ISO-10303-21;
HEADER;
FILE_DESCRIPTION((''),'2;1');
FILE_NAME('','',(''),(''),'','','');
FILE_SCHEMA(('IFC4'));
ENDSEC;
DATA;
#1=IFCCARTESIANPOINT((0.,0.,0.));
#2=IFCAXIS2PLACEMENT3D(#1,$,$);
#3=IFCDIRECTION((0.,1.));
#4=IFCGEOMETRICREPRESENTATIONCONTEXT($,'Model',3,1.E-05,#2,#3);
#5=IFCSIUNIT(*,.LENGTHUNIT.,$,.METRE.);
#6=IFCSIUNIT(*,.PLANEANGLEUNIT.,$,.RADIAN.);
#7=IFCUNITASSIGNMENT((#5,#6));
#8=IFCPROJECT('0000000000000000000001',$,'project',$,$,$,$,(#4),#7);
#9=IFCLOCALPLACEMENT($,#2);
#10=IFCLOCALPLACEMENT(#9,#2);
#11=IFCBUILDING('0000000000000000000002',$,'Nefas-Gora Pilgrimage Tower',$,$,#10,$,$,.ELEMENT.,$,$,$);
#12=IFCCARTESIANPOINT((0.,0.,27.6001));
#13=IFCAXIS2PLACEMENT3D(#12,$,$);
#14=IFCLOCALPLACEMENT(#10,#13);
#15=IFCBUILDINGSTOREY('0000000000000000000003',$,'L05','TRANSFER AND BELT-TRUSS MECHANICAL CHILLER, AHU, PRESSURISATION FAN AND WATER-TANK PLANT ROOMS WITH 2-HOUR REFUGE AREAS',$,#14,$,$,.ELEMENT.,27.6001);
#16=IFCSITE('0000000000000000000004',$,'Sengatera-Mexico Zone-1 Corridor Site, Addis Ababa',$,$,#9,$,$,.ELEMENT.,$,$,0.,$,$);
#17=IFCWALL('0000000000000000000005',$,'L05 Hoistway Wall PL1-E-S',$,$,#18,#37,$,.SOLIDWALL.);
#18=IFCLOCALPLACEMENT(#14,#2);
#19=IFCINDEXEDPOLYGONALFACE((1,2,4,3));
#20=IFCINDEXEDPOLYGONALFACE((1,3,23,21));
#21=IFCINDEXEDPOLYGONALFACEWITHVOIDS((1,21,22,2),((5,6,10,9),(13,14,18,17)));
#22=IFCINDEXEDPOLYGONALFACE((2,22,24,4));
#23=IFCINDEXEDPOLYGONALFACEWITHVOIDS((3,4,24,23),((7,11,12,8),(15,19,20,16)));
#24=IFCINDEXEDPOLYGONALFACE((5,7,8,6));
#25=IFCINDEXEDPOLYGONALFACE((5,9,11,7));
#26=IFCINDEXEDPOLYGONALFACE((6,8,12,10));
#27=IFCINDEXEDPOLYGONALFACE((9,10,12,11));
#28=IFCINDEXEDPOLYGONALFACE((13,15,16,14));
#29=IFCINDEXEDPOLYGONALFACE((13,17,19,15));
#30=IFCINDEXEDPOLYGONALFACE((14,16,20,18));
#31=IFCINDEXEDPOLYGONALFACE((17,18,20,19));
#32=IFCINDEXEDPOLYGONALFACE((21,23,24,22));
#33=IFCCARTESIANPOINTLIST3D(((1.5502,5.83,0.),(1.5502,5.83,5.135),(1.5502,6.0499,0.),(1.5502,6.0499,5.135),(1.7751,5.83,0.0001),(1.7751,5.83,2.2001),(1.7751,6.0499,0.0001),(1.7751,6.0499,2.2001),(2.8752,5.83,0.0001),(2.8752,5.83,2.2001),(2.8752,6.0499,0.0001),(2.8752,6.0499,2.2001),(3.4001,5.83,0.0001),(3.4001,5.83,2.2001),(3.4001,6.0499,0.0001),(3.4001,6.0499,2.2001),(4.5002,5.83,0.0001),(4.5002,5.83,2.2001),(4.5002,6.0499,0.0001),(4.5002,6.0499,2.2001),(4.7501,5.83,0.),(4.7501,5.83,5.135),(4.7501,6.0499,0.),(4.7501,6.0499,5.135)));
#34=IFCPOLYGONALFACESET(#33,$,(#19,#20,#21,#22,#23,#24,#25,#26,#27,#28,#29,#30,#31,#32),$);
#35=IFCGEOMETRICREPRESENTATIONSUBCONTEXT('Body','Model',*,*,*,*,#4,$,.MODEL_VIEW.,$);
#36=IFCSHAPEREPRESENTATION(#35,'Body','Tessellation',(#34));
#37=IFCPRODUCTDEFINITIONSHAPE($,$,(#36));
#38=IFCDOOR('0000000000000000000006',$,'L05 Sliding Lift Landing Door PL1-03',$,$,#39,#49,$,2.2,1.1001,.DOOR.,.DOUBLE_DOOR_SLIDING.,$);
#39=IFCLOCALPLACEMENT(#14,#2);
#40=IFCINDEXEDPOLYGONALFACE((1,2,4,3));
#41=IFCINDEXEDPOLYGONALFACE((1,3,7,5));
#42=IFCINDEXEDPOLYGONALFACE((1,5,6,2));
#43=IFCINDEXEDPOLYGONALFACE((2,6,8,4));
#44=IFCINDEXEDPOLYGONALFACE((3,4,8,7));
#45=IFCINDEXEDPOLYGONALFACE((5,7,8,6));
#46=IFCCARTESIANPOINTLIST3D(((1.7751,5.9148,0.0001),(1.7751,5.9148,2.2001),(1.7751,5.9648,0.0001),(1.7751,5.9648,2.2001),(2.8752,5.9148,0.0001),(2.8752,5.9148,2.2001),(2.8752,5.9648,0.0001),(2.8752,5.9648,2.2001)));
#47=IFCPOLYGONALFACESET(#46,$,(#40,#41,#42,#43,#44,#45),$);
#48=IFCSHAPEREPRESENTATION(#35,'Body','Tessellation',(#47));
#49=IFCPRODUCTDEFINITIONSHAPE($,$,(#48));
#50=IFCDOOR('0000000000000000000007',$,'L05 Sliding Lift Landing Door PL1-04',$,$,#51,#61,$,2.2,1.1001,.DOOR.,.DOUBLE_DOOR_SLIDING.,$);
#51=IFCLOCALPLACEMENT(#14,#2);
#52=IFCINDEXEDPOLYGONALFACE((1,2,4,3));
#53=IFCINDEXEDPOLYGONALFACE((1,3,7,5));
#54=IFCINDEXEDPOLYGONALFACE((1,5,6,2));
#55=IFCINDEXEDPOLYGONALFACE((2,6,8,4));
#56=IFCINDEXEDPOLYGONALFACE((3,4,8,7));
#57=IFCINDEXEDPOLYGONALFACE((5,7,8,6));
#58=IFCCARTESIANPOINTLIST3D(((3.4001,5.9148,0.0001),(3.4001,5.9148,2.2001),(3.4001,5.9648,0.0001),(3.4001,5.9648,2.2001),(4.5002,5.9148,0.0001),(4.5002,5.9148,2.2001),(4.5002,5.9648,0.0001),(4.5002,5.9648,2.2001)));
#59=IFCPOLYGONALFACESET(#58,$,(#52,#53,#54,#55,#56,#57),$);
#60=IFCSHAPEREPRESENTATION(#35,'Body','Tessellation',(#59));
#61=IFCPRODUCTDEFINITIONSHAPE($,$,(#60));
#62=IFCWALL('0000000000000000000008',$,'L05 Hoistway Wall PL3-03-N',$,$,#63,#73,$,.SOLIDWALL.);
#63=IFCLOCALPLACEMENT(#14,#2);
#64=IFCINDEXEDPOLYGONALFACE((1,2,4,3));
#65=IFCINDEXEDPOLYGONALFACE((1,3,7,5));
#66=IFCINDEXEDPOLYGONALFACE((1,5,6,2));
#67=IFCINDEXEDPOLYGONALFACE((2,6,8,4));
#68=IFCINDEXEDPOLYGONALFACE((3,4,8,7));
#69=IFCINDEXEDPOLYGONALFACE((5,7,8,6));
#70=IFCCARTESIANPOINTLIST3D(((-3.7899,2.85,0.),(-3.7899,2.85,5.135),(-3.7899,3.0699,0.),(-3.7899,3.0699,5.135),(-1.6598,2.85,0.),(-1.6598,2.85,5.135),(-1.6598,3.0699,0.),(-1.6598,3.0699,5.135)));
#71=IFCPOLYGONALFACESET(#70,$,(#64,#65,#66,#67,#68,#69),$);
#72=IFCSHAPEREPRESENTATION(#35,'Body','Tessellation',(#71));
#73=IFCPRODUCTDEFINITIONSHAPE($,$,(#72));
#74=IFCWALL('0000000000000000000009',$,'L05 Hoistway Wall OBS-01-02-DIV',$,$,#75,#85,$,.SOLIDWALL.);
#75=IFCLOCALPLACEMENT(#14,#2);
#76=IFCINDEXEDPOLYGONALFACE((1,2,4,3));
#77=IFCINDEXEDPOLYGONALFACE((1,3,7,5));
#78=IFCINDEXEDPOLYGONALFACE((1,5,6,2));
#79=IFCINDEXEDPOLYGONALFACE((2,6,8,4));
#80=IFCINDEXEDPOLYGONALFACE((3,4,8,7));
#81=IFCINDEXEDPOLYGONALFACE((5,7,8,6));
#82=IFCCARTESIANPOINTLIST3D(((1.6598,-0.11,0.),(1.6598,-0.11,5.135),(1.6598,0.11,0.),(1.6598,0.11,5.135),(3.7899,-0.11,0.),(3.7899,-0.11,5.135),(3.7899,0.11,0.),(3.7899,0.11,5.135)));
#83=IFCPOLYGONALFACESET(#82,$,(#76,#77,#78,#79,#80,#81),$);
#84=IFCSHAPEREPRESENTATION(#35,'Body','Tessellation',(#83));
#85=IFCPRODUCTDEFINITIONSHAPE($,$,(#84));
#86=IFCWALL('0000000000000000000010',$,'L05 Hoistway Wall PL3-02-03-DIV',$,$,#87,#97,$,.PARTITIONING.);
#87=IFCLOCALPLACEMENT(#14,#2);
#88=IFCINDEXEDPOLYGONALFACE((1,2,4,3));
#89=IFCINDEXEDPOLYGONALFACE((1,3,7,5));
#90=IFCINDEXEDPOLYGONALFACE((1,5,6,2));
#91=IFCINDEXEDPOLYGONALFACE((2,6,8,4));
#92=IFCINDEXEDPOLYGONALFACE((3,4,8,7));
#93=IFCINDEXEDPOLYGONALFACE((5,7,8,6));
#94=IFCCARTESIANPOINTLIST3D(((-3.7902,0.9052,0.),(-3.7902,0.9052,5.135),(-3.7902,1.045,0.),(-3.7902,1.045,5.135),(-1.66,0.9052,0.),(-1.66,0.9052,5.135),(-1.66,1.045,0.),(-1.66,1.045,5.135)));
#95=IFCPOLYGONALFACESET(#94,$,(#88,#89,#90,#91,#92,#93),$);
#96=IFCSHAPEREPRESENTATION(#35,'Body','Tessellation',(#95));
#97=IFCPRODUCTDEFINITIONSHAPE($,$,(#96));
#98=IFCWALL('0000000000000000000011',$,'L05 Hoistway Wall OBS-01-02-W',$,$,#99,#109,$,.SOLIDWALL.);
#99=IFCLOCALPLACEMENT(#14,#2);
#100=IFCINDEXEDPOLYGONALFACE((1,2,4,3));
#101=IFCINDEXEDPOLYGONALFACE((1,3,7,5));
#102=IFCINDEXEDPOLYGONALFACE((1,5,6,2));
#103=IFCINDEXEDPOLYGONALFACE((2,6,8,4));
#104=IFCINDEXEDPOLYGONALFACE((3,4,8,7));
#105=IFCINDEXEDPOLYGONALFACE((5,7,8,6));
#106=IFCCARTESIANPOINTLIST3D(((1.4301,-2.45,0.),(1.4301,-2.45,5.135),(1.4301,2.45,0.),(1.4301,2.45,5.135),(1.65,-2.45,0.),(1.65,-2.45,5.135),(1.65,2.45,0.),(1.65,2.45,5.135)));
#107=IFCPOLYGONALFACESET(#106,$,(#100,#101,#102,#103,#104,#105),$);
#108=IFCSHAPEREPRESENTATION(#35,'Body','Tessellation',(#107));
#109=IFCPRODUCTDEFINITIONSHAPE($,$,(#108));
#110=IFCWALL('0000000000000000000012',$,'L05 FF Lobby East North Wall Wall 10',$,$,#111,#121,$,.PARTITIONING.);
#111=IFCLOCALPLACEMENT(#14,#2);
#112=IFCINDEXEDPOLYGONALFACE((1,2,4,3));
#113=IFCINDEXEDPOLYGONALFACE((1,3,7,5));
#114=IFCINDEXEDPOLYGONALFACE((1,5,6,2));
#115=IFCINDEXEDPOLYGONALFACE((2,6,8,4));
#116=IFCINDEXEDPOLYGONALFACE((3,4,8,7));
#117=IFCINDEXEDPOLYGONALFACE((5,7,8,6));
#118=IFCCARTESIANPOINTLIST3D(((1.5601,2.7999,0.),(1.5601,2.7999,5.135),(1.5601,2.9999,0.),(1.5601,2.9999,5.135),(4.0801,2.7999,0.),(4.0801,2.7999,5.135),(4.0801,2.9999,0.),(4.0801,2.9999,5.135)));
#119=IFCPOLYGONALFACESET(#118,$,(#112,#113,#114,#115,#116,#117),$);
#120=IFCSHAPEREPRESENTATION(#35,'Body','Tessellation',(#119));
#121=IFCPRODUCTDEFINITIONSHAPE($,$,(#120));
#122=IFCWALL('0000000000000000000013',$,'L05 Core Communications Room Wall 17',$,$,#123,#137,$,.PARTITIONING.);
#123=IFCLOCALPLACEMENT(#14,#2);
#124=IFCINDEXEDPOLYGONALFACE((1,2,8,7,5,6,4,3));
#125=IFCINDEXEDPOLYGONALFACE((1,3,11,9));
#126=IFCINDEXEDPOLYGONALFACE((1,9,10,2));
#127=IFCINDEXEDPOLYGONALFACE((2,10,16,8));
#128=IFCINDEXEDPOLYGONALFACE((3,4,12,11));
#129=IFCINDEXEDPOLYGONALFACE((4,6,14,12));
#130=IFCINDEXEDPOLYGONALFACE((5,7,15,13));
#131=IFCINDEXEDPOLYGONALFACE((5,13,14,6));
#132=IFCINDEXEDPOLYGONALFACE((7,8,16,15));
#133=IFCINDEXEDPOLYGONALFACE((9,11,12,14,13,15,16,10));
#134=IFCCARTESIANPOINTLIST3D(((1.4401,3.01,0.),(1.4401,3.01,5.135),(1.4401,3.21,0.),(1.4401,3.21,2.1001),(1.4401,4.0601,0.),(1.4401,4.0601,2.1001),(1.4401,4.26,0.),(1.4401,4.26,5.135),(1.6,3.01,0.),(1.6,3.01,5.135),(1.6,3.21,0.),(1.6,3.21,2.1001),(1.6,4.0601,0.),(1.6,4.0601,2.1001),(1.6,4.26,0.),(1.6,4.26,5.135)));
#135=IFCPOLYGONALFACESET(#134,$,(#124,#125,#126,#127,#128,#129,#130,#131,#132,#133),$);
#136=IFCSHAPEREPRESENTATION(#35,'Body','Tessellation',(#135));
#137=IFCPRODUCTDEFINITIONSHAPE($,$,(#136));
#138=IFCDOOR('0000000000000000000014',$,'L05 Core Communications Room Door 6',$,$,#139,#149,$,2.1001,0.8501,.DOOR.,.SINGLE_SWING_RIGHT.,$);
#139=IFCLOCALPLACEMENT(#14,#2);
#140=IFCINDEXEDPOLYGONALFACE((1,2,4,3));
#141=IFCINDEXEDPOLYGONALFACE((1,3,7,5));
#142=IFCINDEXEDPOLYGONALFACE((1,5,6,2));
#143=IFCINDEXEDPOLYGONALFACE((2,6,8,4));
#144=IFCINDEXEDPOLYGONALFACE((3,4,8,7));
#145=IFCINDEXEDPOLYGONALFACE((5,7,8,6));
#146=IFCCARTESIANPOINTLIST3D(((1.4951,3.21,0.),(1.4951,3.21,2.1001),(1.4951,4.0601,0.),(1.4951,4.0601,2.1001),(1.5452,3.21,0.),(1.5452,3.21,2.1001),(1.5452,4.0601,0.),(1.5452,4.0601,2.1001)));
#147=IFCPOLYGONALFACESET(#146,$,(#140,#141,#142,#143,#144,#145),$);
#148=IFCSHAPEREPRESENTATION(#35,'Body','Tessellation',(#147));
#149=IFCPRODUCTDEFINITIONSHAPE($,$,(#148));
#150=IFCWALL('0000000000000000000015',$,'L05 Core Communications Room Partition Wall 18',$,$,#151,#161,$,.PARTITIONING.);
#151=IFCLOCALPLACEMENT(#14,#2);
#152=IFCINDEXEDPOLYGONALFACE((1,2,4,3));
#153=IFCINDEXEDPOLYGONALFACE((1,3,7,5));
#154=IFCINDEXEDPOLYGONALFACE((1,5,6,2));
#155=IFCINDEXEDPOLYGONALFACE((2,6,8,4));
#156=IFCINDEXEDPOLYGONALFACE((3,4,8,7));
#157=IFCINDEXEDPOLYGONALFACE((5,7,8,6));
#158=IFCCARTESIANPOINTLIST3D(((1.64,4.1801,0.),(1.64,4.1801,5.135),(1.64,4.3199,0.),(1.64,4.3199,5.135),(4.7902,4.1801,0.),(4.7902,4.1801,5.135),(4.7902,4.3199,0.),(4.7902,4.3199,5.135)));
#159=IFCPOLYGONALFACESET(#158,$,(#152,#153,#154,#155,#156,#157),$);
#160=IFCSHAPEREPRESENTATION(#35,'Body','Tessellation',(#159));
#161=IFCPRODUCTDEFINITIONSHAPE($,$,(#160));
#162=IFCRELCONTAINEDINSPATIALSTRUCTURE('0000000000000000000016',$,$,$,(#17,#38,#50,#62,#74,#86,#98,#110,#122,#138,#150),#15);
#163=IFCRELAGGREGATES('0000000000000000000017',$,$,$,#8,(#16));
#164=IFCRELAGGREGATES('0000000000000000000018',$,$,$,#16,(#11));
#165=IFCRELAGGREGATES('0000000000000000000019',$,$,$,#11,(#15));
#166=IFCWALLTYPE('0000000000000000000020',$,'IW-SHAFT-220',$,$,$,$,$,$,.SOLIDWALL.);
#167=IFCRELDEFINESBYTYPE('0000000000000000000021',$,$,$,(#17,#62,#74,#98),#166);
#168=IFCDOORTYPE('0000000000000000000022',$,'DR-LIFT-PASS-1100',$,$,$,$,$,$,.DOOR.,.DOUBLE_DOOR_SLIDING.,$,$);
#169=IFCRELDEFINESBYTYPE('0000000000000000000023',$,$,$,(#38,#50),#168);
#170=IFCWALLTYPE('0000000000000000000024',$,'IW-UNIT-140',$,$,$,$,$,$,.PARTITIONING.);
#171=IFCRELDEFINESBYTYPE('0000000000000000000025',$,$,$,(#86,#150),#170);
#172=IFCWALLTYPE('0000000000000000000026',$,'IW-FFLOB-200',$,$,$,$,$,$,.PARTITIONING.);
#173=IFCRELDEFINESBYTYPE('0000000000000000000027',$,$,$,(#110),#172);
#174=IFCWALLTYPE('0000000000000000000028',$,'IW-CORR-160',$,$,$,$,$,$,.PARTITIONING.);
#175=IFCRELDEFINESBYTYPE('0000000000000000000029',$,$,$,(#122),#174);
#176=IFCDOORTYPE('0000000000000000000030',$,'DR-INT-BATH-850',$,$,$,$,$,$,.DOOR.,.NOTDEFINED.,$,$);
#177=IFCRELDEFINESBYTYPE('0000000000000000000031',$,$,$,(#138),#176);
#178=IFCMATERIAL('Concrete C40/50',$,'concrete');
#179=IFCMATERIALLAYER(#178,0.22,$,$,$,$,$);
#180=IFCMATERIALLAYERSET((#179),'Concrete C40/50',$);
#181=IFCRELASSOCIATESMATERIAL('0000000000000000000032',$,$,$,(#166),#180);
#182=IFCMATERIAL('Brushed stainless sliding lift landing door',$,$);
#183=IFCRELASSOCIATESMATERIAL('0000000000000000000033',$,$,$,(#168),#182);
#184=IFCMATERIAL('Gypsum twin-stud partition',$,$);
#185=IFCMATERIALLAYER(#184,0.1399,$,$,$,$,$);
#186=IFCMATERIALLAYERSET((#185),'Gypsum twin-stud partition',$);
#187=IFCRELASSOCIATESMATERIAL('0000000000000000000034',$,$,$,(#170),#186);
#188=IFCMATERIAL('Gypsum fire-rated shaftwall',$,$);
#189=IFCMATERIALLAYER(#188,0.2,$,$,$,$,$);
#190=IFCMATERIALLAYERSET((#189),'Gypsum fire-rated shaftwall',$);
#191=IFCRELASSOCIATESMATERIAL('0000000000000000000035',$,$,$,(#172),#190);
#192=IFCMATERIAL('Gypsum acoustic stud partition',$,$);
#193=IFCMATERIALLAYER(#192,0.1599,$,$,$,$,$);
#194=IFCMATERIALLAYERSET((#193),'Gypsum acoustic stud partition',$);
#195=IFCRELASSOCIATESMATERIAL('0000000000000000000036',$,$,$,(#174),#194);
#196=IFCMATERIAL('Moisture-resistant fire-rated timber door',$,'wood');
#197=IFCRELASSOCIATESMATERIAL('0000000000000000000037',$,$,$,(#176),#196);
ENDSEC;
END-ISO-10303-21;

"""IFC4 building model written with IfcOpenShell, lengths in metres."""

from ifc_helpers import new_model, si_unit, direction, frame, frame_2d, origin, place, context, subcontext, project, spatial, rectangle, extrude, source, transform, mapped, material, layer, layer_set, type_object, element, fill, save


model = new_model("IFC4")

# Units and contexts
model_context = context("Model", 3, precision=1e-05, world=origin(), true_north=direction((0.0, 1.0)))
body_context = subcontext(model_context, "Body", "Model", "MODEL_VIEW")
ifc_project = project(units=[si_unit("LENGTHUNIT", "METRE"), si_unit("PLANEANGLEUNIT", "RADIAN")], contexts=[model_context])

# Site, building, storey
site_placement = place(None, origin())
site = spatial("IfcSite", under=ifc_project, at=site_placement, Name="Sengatera-Mexico Zone-1 Corridor Site, Addis Ababa", CompositionType="ELEMENT", RefElevation=0.0)
building_placement = place(site_placement, origin())
building = spatial("IfcBuilding", under=site, at=building_placement, Name="Nefas-Gora Pilgrimage Tower", CompositionType="ELEMENT")
storey_placement = place(building_placement, frame((0.0, 0.0, 27.6001)))
storey = spatial("IfcBuildingStorey", under=building, at=storey_placement, Name="L05", Description="TRANSFER AND BELT-TRUSS MECHANICAL CHILLER, AHU, PRESSURISATION FAN AND WATER-TANK PLANT ROOMS WITH 2-HOUR REFUGE AREAS", CompositionType="ELEMENT", Elevation=27.6001)

# Shared definitions
ifc_material_1 = material(Name="Concrete C40/50", Category="concrete")

# Wall, openings, doors
ifc_layer_1 = layer(ifc_material_1, 0.22)
ifc_layer_set_1 = layer_set([ifc_layer_1], Name="Concrete C40/50")
wall_type_1 = type_object("IfcWallType", Name="IW-SHAFT-220", PredefinedType="SOLIDWALL", material=ifc_layer_set_1)
shared_shape_1 = source(origin(), body_context, "Body", "SweptSolid", [
    extrude(rectangle(XDim=3.2, YDim=0.22, at=frame_2d((1.6001, 0.0))), origin(), (0.0, 0.0, 1.0), 5.135),
])
wall_1_placement = place(storey_placement, frame((1.55, 5.9399, 0.0), z_axis=(0.0, 0.0, 1.0), x_axis=(1.0, 0.0, 0.0)))
wall_1 = element("IfcWall", 1, at=wall_1_placement, inside=storey, type_object=wall_type_1, Name="L05 Hoistway Wall PL1-E-S", PredefinedType="SOLIDWALL", context=body_context, shape_type="MappedRepresentation", body=[
    mapped(shared_shape_1, transform((0.0, 0.0, 0.0), x_axis=(1.0, 0.0, 0.0), y_axis=(0.0, 1.0, 0.0), z_axis=(0.0, 0.0, 1.0), scale=1.0)),
])
opening_1_placement = place(wall_1_placement, frame((0.2251, 0.0, 0.0)))
opening_1 = element("IfcOpeningElement", 2, at=opening_1_placement, cuts=wall_1, PredefinedType="OPENING", context=body_context, shape_type="SweptSolid", body=[
    extrude(rectangle(XDim=1.1001, YDim=2.2, at=frame_2d((0.55, 1.1001))), frame((0.0, 0.1199, 0.0), z_axis=(0.0, -1.0, 0.0), x_axis=(1.0, 0.0, 0.0)), (0.0, 0.0, 1.0), 0.24),
])
opening_2_placement = place(wall_1_placement, frame((1.8501, 0.0, 0.0)))
opening_2 = element("IfcOpeningElement", 3, at=opening_2_placement, cuts=wall_1, PredefinedType="OPENING", context=body_context, shape_type="SweptSolid", body=[
    extrude(rectangle(XDim=1.1001, YDim=2.2, at=frame_2d((0.55, 1.1001))), frame((0.0, 0.1199, 0.0), z_axis=(0.0, -1.0, 0.0), x_axis=(1.0, 0.0, 0.0)), (0.0, 0.0, 1.0), 0.24),
])
ifc_material_2 = material(Name="Brushed stainless sliding lift landing door")
door_type_1 = type_object("IfcDoorType", Name="DR-LIFT-PASS-1100", OperationType="DOUBLE_DOOR_SLIDING", PredefinedType="DOOR", material=ifc_material_2)
shared_shape_2 = source(origin(), body_context, "Body", "SweptSolid", [
    extrude(rectangle(XDim=1.1001, YDim=2.2, at=frame_2d((0.55, 1.1001))), frame((0.0, 0.0249, 0.0), z_axis=(0.0, -1.0, 0.0), x_axis=(1.0, 0.0, 0.0)), (0.0, 0.0, 1.0), 0.05),
])
door_1_placement = place(opening_1_placement, origin())
door_1 = element("IfcDoor", 4, at=door_1_placement, inside=storey, type_object=door_type_1, Name="L05 Sliding Lift Landing Door PL1-03", OperationType="DOUBLE_DOOR_SLIDING", OverallHeight=2.2, OverallWidth=1.1001, PredefinedType="DOOR", context=body_context, shape_type="MappedRepresentation", body=[
    mapped(shared_shape_2, transform((0.0, 0.0, 0.0), x_axis=(1.0, 0.0, 0.0), y_axis=(0.0, 1.0, 0.0), z_axis=(0.0, 0.0, 1.0), scale=1.0)),
])
fill(opening_1, door_1)
door_2_placement = place(opening_2_placement, origin())
door_2 = element("IfcDoor", 5, at=door_2_placement, inside=storey, type_object=door_type_1, Name="L05 Sliding Lift Landing Door PL1-04", OperationType="DOUBLE_DOOR_SLIDING", OverallHeight=2.2, OverallWidth=1.1001, PredefinedType="DOOR", context=body_context, shape_type="MappedRepresentation", body=[
    mapped(shared_shape_2, transform((0.0, 0.0, 0.0), x_axis=(1.0, 0.0, 0.0), y_axis=(0.0, 1.0, 0.0), z_axis=(0.0, 0.0, 1.0), scale=1.0)),
])
fill(opening_2, door_2)

# Walls
ifc_material_3 = material(Name="Gypsum twin-stud partition")
ifc_layer_2 = layer(ifc_material_3, 0.1399)
ifc_layer_set_2 = layer_set([ifc_layer_2], Name="Gypsum twin-stud partition")
wall_type_2 = type_object("IfcWallType", Name="IW-UNIT-140", PredefinedType="PARTITIONING", material=ifc_layer_set_2)
shared_shape_3 = source(origin(), body_context, "Body", "SweptSolid", [
    extrude(rectangle(XDim=2.1301, YDim=0.22, at=frame_2d((1.0649, 0.0))), origin(), (0.0, 0.0, 1.0), 5.135),
])
for number, where, z_axis, x_axis, name in (
    (6, (-1.6599, 2.96, 0.0), (0.0, 0.0, 1.0), (-1.0, 0.0, 0.0), "L05 Hoistway Wall PL3-03-N"),
    (7, (1.6599, 0.0, 0.0), (0.0, 0.0, 1.0), (1.0, 0.0, 0.0), "L05 Hoistway Wall OBS-01-02-DIV"),
):
    element("IfcWall", number, at=place(storey_placement, frame(where, z_axis=z_axis, x_axis=x_axis)), inside=storey, type_object=wall_type_1, Name=name, PredefinedType="SOLIDWALL", context=body_context, shape_type="MappedRepresentation", body=[
        mapped(shared_shape_3, transform((0.0, 0.0, 0.0), x_axis=(1.0, 0.0, 0.0), y_axis=(0.0, 1.0, 0.0), z_axis=(0.0, 0.0, 1.0), scale=1.0)),
    ])
shared_shape_4 = source(origin(), body_context, "Body", "SweptSolid", [
    extrude(rectangle(XDim=2.1301, YDim=0.1399, at=frame_2d((1.0649, 0.0))), origin(), (0.0, 0.0, 1.0), 5.135),
])
wall_2_placement = place(storey_placement, frame((-3.79, 0.9751, 0.0), z_axis=(0.0, 0.0, 1.0), x_axis=(1.0, 0.0, 0.0)))
element("IfcWall", 8, at=wall_2_placement, inside=storey, type_object=wall_type_2, Name="L05 Hoistway Wall PL3-02-03-DIV", PredefinedType="PARTITIONING", context=body_context, shape_type="MappedRepresentation", body=[
    mapped(shared_shape_4, transform((0.0, 0.0, 0.0), x_axis=(1.0, 0.0, 0.0), y_axis=(0.0, 1.0, 0.0), z_axis=(0.0, 0.0, 1.0), scale=1.0)),
])
shared_shape_5 = source(origin(), body_context, "Body", "SweptSolid", [
    extrude(rectangle(XDim=4.8999, YDim=0.22, at=frame_2d((2.45, 0.0))), origin(), (0.0, 0.0, 1.0), 5.135),
])
wall_3_placement = place(storey_placement, frame((1.54, 2.45, 0.0), z_axis=(0.0, 0.0, 1.0), x_axis=(0.0, -1.0, 0.0)))
element("IfcWall", 9, at=wall_3_placement, inside=storey, type_object=wall_type_1, Name="L05 Hoistway Wall OBS-01-02-W", PredefinedType="SOLIDWALL", context=body_context, shape_type="MappedRepresentation", body=[
    mapped(shared_shape_5, transform((0.0, 0.0, 0.0), x_axis=(1.0, 0.0, 0.0), y_axis=(0.0, 1.0, 0.0), z_axis=(0.0, 0.0, 1.0), scale=1.0)),
])
ifc_material_4 = material(Name="Gypsum fire-rated shaftwall")
ifc_layer_3 = layer(ifc_material_4, 0.2)
ifc_layer_set_3 = layer_set([ifc_layer_3], Name="Gypsum fire-rated shaftwall")
wall_type_3 = type_object("IfcWallType", Name="IW-FFLOB-200", PredefinedType="PARTITIONING", material=ifc_layer_set_3)
shared_shape_6 = source(origin(), body_context, "Body", "SweptSolid", [
    extrude(rectangle(XDim=2.52, YDim=0.2, at=frame_2d((1.26, 0.0))), origin(), (0.0, 0.0, 1.0), 5.135),
])
wall_4_placement = place(storey_placement, frame((1.5601, 2.8999, 0.0), z_axis=(0.0, 0.0, 1.0), x_axis=(1.0, 0.0, 0.0)))
element("IfcWall", 10, at=wall_4_placement, inside=storey, type_object=wall_type_3, Name="L05 FF Lobby East North Wall Wall 10", PredefinedType="PARTITIONING", context=body_context, shape_type="MappedRepresentation", body=[
    mapped(shared_shape_6, transform((0.0, 0.0, 0.0), x_axis=(1.0, 0.0, 0.0), y_axis=(0.0, 1.0, 0.0), z_axis=(0.0, 0.0, 1.0), scale=1.0)),
])

# Wall, opening, door
ifc_material_5 = material(Name="Gypsum acoustic stud partition")
ifc_layer_4 = layer(ifc_material_5, 0.1599)
ifc_layer_set_4 = layer_set([ifc_layer_4], Name="Gypsum acoustic stud partition")
wall_type_4 = type_object("IfcWallType", Name="IW-CORR-160", PredefinedType="PARTITIONING", material=ifc_layer_set_4)
shared_shape_7 = source(origin(), body_context, "Body", "SweptSolid", [
    extrude(rectangle(XDim=1.25, YDim=0.1599, at=frame_2d((0.625, 0.0))), origin(), (0.0, 0.0, 1.0), 5.135),
])
wall_5_placement = place(storey_placement, frame((1.52, 3.01, 0.0), z_axis=(0.0, 0.0, 1.0), x_axis=(0.0, 1.0, 0.0)))
wall_5 = element("IfcWall", 11, at=wall_5_placement, inside=storey, type_object=wall_type_4, Name="L05 Core Communications Room Wall 17", PredefinedType="PARTITIONING", context=body_context, shape_type="MappedRepresentation", body=[
    mapped(shared_shape_7, transform((0.0, 0.0, 0.0), x_axis=(1.0, 0.0, 0.0), y_axis=(0.0, 1.0, 0.0), z_axis=(0.0, 0.0, 1.0), scale=1.0)),
])
opening_3_placement = place(wall_5_placement, frame((0.2, 0.0, 0.0)))
opening_3 = element("IfcOpeningElement", 12, at=opening_3_placement, cuts=wall_5, PredefinedType="OPENING", context=body_context, shape_type="SweptSolid", body=[
    extrude(rectangle(XDim=0.8501, YDim=2.1001, at=frame_2d((0.425, 1.05))), frame((0.0, 0.0898, 0.0), z_axis=(0.0, -1.0, 0.0), x_axis=(1.0, 0.0, 0.0)), (0.0, 0.0, 1.0), 0.1799),
])
ifc_material_6 = material(Name="Moisture-resistant fire-rated timber door", Category="wood")
door_type_2 = type_object("IfcDoorType", Name="DR-INT-BATH-850", OperationType="NOTDEFINED", PredefinedType="DOOR", material=ifc_material_6)
shared_shape_8 = source(origin(), body_context, "Body", "SweptSolid", [
    extrude(rectangle(XDim=0.8501, YDim=2.1001, at=frame_2d((0.425, 1.05))), frame((0.0, 0.0249, 0.0), z_axis=(0.0, -1.0, 0.0), x_axis=(1.0, 0.0, 0.0)), (0.0, 0.0, 1.0), 0.05),
])
door_3_placement = place(opening_3_placement, origin())
door_3 = element("IfcDoor", 13, at=door_3_placement, inside=storey, type_object=door_type_2, Name="L05 Core Communications Room Door 6", OperationType="SINGLE_SWING_RIGHT", OverallHeight=2.1001, OverallWidth=0.8501, PredefinedType="DOOR", context=body_context, shape_type="MappedRepresentation", body=[
    mapped(shared_shape_8, transform((0.0, 0.0, 0.0), x_axis=(1.0, 0.0, 0.0), y_axis=(0.0, 1.0, 0.0), z_axis=(0.0, 0.0, 1.0), scale=1.0)),
])
fill(opening_3, door_3)

# Wall
shared_shape_9 = source(origin(), body_context, "Body", "SweptSolid", [
    extrude(rectangle(XDim=3.1501, YDim=0.1399, at=frame_2d((1.5752, 0.0))), origin(), (0.0, 0.0, 1.0), 5.135),
])
wall_6_placement = place(storey_placement, frame((1.6399, 4.25, 0.0), z_axis=(0.0, 0.0, 1.0), x_axis=(1.0, 0.0, 0.0)))
element("IfcWall", 14, at=wall_6_placement, inside=storey, type_object=wall_type_2, Name="L05 Core Communications Room Partition Wall 18", PredefinedType="PARTITIONING", context=body_context, shape_type="MappedRepresentation", body=[
    mapped(shared_shape_9, transform((0.0, 0.0, 0.0), x_axis=(1.0, 0.0, 0.0), y_axis=(0.0, 1.0, 0.0), z_axis=(0.0, 0.0, 1.0), scale=1.0)),
])

save(model, "model.ifc")
